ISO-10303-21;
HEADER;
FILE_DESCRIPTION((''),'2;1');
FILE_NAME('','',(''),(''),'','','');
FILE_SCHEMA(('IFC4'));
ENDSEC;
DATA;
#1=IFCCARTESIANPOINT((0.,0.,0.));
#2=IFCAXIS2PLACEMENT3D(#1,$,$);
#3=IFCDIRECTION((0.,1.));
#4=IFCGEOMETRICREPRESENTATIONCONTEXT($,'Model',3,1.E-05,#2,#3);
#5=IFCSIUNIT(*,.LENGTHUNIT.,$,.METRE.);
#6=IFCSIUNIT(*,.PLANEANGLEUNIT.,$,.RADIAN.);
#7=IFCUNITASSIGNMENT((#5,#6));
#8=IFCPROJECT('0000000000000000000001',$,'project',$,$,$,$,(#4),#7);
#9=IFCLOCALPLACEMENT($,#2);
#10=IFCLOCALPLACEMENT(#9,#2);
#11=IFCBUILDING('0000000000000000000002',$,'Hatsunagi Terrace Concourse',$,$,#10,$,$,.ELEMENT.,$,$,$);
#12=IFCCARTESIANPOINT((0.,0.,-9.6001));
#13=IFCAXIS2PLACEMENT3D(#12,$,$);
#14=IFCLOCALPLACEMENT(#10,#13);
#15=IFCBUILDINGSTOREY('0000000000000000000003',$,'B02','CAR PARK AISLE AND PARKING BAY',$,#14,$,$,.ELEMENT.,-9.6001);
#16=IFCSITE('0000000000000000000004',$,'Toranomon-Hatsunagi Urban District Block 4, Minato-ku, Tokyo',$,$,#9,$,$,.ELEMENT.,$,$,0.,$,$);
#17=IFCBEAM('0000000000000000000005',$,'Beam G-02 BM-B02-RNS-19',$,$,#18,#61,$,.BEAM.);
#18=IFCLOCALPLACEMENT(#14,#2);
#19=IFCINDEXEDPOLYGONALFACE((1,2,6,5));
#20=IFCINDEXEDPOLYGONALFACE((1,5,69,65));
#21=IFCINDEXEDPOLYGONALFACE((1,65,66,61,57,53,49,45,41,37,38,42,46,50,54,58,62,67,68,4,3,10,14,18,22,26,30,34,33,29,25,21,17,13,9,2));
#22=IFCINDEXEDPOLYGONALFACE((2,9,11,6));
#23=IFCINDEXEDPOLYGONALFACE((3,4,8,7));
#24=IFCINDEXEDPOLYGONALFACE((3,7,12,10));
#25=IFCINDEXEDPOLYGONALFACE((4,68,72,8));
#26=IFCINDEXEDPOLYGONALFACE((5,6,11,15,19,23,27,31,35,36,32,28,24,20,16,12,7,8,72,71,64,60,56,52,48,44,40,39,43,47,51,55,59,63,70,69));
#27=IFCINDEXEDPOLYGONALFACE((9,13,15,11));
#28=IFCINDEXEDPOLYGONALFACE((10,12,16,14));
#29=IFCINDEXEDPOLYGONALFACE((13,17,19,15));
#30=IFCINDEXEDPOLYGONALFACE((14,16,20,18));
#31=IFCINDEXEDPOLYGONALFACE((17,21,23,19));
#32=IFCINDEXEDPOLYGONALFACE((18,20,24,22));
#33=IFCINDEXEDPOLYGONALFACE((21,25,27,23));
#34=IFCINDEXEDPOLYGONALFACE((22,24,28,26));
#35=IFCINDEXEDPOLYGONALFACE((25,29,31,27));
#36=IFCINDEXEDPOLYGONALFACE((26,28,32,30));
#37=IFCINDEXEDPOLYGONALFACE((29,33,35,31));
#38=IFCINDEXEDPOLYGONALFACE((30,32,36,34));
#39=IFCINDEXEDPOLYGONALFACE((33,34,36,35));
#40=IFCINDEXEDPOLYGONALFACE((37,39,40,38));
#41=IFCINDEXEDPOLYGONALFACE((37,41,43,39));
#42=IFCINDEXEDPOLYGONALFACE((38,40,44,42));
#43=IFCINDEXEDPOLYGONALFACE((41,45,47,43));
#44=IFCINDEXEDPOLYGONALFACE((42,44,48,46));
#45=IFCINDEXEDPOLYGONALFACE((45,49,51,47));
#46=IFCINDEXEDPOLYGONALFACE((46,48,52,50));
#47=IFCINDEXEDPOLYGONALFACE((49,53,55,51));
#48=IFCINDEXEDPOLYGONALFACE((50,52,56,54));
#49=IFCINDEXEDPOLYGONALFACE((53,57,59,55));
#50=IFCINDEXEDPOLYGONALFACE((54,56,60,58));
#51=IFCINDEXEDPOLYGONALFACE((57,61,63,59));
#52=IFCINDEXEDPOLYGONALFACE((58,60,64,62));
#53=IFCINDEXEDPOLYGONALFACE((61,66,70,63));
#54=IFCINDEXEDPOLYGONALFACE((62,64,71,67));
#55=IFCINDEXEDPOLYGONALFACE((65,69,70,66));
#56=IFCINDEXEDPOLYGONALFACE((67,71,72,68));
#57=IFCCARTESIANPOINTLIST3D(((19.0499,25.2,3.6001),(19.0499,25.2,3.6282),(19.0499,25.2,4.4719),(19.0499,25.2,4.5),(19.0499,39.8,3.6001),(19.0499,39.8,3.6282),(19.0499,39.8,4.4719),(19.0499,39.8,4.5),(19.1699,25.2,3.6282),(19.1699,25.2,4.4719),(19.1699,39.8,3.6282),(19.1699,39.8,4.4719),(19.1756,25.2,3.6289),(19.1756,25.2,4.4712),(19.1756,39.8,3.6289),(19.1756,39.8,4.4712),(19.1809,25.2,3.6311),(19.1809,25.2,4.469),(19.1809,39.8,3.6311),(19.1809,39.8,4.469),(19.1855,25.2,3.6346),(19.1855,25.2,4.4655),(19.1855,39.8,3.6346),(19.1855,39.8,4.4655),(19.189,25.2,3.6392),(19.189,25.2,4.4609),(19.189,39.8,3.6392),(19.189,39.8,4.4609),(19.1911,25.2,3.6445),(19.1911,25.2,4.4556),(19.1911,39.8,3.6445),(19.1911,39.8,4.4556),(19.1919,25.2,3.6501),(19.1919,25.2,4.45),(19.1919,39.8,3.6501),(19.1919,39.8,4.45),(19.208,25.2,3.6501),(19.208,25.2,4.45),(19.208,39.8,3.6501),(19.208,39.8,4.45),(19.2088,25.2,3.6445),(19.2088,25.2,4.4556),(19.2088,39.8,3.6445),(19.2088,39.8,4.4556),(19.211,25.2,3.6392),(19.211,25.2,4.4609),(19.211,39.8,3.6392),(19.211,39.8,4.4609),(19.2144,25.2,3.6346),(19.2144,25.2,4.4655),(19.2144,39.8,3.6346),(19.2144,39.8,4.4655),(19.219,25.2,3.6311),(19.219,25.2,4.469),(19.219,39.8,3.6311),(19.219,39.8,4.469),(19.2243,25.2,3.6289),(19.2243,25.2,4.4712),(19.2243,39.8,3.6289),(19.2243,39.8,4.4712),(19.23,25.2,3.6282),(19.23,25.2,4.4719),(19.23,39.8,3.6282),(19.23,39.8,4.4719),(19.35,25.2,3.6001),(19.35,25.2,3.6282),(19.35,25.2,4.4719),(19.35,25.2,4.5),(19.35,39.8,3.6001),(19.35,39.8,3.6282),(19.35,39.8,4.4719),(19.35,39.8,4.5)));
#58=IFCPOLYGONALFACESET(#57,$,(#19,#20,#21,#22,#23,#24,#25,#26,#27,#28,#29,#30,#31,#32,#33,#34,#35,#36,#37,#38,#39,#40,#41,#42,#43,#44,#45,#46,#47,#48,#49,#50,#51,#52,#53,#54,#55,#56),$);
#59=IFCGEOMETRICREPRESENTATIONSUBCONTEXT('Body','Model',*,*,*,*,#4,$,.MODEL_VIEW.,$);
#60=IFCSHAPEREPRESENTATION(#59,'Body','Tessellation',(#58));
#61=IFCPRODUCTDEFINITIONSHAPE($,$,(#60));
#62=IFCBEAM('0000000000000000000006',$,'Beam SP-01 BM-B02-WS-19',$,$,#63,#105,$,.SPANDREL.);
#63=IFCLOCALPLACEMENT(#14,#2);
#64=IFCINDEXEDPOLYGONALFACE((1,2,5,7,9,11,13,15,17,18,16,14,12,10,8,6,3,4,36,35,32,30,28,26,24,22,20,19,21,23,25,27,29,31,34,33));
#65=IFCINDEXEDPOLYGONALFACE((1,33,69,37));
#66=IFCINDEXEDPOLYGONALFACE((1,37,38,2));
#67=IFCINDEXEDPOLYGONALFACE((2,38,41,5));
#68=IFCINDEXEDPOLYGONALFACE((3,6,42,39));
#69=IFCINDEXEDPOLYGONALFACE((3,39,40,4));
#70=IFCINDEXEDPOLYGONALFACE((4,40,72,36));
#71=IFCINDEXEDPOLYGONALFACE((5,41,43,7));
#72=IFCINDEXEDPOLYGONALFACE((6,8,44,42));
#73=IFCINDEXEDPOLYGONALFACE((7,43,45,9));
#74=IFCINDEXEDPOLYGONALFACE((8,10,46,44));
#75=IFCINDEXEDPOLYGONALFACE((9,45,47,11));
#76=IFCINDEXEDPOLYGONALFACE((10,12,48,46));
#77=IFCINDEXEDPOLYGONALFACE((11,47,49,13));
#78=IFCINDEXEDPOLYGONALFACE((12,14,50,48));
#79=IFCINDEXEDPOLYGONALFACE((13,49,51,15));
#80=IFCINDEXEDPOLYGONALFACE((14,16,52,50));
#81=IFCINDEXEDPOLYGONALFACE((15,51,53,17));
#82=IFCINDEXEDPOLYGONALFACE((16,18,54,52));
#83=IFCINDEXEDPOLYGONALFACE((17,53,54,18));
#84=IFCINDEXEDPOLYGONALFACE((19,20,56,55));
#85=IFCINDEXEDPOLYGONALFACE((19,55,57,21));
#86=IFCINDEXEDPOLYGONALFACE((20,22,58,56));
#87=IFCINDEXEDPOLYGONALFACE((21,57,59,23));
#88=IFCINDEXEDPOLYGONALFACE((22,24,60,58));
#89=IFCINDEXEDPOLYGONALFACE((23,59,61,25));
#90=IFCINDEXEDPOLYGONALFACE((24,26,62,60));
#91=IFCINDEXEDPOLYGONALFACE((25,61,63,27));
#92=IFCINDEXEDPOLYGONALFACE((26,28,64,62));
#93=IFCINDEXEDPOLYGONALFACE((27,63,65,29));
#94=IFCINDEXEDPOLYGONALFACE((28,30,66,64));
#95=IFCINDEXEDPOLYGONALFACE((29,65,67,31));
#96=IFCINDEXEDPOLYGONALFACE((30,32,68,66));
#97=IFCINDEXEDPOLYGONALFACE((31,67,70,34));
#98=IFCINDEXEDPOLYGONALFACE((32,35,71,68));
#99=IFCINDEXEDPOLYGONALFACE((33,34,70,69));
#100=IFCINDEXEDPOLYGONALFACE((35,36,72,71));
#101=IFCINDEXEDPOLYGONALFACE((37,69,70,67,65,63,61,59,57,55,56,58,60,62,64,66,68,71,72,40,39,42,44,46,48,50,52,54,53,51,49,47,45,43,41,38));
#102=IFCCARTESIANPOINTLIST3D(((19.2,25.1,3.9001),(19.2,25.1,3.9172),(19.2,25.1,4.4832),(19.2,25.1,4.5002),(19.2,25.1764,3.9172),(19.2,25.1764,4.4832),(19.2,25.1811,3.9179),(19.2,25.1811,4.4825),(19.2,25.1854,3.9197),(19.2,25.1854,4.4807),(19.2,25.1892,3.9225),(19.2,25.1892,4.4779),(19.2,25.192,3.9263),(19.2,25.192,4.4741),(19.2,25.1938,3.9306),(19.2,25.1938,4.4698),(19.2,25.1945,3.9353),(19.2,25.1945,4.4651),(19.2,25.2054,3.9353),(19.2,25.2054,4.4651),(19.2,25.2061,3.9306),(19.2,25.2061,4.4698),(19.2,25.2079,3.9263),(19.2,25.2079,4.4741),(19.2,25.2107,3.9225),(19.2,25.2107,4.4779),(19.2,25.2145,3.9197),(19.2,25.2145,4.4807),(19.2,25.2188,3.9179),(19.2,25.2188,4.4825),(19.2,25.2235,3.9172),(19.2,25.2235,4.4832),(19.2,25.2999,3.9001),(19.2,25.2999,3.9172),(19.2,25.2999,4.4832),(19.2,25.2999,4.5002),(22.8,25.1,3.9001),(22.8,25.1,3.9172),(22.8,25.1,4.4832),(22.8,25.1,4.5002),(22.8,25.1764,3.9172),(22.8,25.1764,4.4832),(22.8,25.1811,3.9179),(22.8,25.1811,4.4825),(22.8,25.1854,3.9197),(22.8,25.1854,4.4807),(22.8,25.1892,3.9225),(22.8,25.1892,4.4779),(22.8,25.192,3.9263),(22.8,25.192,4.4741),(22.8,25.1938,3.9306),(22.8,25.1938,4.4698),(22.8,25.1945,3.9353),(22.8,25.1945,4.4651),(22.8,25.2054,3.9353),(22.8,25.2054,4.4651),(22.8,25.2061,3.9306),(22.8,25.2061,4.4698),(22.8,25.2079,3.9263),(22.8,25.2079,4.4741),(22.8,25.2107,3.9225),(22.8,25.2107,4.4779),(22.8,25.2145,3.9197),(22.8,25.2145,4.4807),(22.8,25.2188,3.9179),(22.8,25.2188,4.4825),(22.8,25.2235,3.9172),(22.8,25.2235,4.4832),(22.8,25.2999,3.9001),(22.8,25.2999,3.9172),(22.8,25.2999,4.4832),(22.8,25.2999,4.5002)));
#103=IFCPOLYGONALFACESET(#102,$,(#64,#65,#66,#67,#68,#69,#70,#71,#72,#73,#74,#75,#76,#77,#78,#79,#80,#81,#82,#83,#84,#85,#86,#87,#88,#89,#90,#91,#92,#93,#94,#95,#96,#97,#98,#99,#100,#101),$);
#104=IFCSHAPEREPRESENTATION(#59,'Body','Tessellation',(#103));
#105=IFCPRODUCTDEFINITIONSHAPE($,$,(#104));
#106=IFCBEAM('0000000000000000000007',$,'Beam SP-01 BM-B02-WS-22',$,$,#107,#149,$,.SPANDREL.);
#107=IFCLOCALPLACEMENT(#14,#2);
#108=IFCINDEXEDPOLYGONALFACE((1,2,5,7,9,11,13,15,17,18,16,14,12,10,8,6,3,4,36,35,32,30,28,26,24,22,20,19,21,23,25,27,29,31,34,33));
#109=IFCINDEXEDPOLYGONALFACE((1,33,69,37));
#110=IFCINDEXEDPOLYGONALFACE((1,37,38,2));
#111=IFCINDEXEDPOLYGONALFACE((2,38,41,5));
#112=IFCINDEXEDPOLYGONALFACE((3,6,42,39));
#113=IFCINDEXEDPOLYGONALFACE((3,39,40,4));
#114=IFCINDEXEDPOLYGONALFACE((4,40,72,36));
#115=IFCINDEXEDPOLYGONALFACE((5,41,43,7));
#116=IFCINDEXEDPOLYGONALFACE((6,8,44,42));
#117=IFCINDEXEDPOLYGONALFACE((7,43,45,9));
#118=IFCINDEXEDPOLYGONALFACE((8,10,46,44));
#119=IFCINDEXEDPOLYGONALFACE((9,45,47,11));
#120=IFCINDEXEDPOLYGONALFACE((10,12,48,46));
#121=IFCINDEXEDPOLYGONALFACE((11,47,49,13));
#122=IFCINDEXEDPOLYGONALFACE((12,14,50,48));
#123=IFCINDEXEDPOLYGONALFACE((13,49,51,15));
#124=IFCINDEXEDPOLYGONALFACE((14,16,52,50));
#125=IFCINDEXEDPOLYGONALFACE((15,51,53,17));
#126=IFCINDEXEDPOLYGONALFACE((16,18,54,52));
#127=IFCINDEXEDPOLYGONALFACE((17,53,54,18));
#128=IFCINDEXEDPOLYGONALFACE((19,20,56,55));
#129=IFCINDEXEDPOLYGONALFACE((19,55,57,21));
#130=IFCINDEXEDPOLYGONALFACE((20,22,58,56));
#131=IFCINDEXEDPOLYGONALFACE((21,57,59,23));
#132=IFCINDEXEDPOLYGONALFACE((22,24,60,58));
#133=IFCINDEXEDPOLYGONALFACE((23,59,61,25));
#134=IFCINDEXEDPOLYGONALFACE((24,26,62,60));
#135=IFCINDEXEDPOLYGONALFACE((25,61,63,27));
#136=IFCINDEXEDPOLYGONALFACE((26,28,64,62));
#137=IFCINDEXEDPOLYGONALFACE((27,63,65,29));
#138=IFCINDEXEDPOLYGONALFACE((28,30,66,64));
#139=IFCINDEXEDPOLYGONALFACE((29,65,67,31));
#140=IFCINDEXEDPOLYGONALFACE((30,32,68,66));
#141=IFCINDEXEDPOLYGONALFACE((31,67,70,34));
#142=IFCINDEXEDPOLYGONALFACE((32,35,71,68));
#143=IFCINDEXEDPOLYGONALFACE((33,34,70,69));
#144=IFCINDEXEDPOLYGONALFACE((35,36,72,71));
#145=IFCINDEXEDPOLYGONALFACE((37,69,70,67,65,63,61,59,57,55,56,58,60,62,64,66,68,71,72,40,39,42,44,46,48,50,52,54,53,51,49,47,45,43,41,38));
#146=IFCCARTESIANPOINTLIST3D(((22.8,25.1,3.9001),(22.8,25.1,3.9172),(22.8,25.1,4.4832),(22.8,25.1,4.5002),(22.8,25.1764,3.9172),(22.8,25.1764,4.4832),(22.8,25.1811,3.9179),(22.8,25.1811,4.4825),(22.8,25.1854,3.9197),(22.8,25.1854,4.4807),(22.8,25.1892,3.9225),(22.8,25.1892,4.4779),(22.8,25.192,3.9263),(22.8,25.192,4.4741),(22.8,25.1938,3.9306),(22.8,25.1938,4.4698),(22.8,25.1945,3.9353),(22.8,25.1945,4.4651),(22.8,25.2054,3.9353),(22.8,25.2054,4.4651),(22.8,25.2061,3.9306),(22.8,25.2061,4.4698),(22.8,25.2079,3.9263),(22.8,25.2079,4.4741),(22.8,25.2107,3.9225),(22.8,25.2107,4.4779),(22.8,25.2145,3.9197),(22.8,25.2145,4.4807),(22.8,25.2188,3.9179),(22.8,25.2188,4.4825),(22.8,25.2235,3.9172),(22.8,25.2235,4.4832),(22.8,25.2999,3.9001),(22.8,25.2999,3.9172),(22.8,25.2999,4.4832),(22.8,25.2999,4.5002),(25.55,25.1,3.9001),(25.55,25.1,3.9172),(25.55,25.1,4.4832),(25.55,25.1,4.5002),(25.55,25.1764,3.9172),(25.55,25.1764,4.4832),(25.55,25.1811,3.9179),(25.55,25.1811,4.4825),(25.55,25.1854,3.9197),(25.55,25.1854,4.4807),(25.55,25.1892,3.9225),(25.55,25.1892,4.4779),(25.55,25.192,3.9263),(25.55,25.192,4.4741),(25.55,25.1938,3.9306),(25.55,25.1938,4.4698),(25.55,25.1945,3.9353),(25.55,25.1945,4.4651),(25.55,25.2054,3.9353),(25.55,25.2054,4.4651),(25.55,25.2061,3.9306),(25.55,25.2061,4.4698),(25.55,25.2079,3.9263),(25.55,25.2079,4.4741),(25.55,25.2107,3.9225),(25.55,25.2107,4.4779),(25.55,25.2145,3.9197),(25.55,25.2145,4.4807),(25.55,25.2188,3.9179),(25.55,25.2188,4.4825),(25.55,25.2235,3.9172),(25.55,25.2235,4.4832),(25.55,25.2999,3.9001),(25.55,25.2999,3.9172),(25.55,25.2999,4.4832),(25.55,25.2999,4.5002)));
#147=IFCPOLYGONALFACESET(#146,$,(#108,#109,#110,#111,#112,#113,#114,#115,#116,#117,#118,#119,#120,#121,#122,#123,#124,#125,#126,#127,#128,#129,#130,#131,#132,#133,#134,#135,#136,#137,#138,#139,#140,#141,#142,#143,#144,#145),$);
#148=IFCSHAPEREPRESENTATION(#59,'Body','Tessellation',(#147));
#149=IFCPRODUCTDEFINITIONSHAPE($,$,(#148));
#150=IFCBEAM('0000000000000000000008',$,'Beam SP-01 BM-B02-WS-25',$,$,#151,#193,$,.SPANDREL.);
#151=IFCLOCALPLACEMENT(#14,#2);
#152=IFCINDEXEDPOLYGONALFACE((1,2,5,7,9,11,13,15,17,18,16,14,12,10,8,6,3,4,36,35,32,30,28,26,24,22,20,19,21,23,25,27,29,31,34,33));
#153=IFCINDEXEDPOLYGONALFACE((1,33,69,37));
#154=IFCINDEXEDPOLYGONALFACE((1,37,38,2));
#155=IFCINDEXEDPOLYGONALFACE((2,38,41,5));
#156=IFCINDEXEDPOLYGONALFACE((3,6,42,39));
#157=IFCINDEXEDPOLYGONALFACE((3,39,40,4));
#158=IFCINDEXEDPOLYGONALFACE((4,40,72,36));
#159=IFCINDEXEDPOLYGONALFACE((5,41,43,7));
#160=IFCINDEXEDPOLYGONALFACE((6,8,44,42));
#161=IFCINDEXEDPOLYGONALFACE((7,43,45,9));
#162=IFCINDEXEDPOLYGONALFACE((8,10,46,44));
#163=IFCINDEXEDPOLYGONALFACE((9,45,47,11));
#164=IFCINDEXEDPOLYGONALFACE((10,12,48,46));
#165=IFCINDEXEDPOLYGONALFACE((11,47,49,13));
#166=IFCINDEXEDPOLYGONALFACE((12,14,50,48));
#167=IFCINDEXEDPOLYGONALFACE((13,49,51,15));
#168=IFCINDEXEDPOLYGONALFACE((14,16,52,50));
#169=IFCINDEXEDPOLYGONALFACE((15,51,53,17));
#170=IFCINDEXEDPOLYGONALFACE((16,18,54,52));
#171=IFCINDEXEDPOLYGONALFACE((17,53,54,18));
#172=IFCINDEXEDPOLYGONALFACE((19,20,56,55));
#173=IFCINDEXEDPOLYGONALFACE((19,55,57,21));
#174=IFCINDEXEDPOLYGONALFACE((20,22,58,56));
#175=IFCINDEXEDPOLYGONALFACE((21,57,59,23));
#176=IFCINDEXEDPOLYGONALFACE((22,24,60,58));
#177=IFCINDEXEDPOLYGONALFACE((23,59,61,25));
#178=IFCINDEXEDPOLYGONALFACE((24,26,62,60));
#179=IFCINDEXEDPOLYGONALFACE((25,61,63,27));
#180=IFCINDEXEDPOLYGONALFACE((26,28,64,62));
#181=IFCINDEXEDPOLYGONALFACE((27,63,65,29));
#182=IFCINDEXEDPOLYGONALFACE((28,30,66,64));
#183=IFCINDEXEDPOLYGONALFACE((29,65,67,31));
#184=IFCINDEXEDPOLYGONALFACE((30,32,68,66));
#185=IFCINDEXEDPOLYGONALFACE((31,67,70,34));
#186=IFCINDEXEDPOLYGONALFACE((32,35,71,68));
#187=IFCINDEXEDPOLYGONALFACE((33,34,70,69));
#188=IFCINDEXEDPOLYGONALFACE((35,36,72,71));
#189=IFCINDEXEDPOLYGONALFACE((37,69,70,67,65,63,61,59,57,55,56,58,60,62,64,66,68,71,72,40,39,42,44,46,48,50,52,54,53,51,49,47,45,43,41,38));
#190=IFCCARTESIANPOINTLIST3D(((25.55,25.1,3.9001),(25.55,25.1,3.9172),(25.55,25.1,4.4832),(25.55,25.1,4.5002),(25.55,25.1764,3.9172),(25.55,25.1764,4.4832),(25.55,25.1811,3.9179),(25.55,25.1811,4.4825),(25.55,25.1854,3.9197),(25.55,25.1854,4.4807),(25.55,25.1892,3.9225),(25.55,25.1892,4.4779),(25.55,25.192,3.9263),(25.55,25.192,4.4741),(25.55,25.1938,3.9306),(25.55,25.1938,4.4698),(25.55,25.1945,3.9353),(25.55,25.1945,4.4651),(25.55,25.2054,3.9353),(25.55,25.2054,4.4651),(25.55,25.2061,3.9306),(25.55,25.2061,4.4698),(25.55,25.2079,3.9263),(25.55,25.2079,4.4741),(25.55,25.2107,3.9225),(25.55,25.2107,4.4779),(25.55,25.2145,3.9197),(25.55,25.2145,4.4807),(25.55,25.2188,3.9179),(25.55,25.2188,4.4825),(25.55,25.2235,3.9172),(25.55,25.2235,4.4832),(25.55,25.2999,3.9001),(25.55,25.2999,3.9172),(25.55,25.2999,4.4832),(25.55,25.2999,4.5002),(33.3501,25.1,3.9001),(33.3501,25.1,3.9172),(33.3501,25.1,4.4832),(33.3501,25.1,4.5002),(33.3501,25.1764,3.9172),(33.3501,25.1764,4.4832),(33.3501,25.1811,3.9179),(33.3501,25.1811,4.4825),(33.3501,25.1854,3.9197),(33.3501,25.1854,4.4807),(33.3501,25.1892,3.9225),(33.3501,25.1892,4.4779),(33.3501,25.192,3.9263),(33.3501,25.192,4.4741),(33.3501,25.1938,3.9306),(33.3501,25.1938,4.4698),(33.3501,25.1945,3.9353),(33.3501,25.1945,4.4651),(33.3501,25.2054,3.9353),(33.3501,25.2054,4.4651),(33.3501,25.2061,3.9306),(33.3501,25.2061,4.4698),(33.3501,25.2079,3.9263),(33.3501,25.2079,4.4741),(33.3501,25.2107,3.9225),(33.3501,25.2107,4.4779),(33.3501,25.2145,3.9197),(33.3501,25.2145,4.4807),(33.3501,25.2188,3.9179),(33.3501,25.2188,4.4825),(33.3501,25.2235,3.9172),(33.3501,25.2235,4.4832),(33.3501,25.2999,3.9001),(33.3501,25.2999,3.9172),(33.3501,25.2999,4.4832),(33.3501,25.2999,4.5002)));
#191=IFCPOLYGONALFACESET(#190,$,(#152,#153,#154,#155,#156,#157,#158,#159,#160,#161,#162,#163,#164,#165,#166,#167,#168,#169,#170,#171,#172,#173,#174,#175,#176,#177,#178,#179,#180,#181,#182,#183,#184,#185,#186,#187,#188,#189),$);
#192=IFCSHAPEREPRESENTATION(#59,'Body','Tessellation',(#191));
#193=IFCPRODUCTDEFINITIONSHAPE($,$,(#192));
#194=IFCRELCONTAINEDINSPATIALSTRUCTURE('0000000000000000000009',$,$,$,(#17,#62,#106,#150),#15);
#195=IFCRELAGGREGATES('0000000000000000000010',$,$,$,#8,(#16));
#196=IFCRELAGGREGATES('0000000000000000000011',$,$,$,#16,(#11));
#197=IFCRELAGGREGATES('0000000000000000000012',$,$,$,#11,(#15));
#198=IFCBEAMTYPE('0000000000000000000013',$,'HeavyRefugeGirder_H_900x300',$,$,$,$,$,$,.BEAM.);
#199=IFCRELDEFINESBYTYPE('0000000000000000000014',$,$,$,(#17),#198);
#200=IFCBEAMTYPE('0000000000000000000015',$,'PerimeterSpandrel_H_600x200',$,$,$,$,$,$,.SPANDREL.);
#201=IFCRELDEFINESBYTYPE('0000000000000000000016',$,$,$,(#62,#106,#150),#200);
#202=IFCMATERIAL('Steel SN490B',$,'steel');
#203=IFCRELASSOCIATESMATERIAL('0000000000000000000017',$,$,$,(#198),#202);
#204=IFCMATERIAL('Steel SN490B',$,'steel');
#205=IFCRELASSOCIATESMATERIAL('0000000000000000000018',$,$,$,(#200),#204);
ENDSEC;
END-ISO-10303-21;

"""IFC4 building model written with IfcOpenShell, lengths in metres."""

from ifc_helpers import new_model, si_unit, direction, frame, origin, origin_2d, place, context, subcontext, project, spatial, i_section, extrude, material, material_profile, profile_set, type_object, element, save


model = new_model("IFC4")

# Units and contexts
model_context = context("Model", 3, precision=1e-05, world=origin(), true_north=direction((0.0, 1.0)))
body_context = subcontext(model_context, "Body", "Model", "MODEL_VIEW")
ifc_project = project(units=[si_unit("LENGTHUNIT", "METRE"), si_unit("PLANEANGLEUNIT", "RADIAN")], contexts=[model_context])

# Site, building, storey
site_placement = place(None, origin())
site = spatial("IfcSite", under=ifc_project, at=site_placement, Name="Toranomon-Hatsunagi Urban District Block 4, Minato-ku, Tokyo", CompositionType="ELEMENT", RefElevation=0.0)
building_placement = place(site_placement, origin())
building = spatial("IfcBuilding", under=site, at=building_placement, Name="Hatsunagi Terrace Concourse", CompositionType="ELEMENT")
storey_placement = place(building_placement, frame((0.0, 0.0, -9.6001)))
storey = spatial("IfcBuildingStorey", under=building, at=storey_placement, Name="B02", Description="CAR PARK AISLE AND PARKING BAY", CompositionType="ELEMENT", Elevation=-9.6001)

# Beams
ifc_material_1 = material(Name="Steel SN490B", Category="steel")
ifc_material_profile_1 = material_profile(ifc_material_1, i_section(OverallWidth=0.3, OverallDepth=0.8999, WebThickness=0.0161, FlangeThickness=0.0281, FilletRadius=0.022, at=origin_2d()), Name="H-900x300x16x28")
ifc_profile_set_1 = profile_set([ifc_material_profile_1], Name="Steel SN490B")
beam_type_1 = type_object("IfcBeamType", Name="HeavyRefugeGirder_H_900x300", PredefinedType="BEAM", material=ifc_profile_set_1)
for number, where, z_axis, x_axis, name in (
    (1, (19.2, 25.2, 4.05), (0.0, 1.0, 0.0), (-1.0, 0.0, 0.0), "Beam G-02 BM-B02-RNS-19"),
):
    element("IfcBeam", number, at=place(storey_placement, frame(where, z_axis=z_axis, x_axis=x_axis)), inside=storey, type_object=beam_type_1, Name=name, PredefinedType="BEAM", context=body_context, shape_type="SweptSolid", body=[
        extrude(i_section(OverallWidth=0.3, OverallDepth=0.8999, WebThickness=0.0161, FlangeThickness=0.0281, FilletRadius=0.022, at=origin_2d()), origin(), (0.0, 0.0, 1.0), 14.6001),
    ])
ifc_material_2 = material(Name="Steel SN490B", Category="steel")
ifc_material_profile_2 = material_profile(ifc_material_2, i_section(OverallWidth=0.2, OverallDepth=0.6001, WebThickness=0.011, FlangeThickness=0.0171, FilletRadius=0.0181, at=origin_2d()), Name="H-600x200x11x17")
ifc_profile_set_2 = profile_set([ifc_material_profile_2], Name="Steel SN490B")
beam_type_2 = type_object("IfcBeamType", Name="PerimeterSpandrel_H_600x200", PredefinedType="SPANDREL", material=ifc_profile_set_2)
beam_1_placement = place(storey_placement, frame((19.2, 25.2, 4.2002), z_axis=(1.0, 0.0, 0.0), x_axis=(0.0, 1.0, 0.0)))
element("IfcBeam", 2, at=beam_1_placement, inside=storey, type_object=beam_type_2, Name="Beam SP-01 BM-B02-WS-19", PredefinedType="SPANDREL", context=body_context, shape_type="SweptSolid", body=[
    extrude(i_section(OverallWidth=0.2, OverallDepth=0.6001, WebThickness=0.011, FlangeThickness=0.0171, FilletRadius=0.0181, at=origin_2d()), origin(), (0.0, 0.0, 1.0), 3.6001),
])
beam_2_placement = place(storey_placement, frame((22.8, 25.2, 4.2002), z_axis=(1.0, 0.0, 0.0), x_axis=(0.0, 1.0, 0.0)))
element("IfcBeam", 3, at=beam_2_placement, inside=storey, type_object=beam_type_2, Name="Beam SP-01 BM-B02-WS-22", PredefinedType="SPANDREL", context=body_context, shape_type="SweptSolid", body=[
    extrude(i_section(OverallWidth=0.2, OverallDepth=0.6001, WebThickness=0.011, FlangeThickness=0.0171, FilletRadius=0.0181, at=origin_2d()), origin(), (0.0, 0.0, 1.0), 2.75),
])
beam_3_placement = place(storey_placement, frame((25.55, 25.2, 4.2002), z_axis=(1.0, 0.0, 0.0), x_axis=(0.0, 1.0, 0.0)))
element("IfcBeam", 4, at=beam_3_placement, inside=storey, type_object=beam_type_2, Name="Beam SP-01 BM-B02-WS-25", PredefinedType="SPANDREL", context=body_context, shape_type="SweptSolid", body=[
    extrude(i_section(OverallWidth=0.2, OverallDepth=0.6001, WebThickness=0.011, FlangeThickness=0.0171, FilletRadius=0.0181, at=origin_2d()), origin(), (0.0, 0.0, 1.0), 7.8),
])

save(model, "model.ifc")
